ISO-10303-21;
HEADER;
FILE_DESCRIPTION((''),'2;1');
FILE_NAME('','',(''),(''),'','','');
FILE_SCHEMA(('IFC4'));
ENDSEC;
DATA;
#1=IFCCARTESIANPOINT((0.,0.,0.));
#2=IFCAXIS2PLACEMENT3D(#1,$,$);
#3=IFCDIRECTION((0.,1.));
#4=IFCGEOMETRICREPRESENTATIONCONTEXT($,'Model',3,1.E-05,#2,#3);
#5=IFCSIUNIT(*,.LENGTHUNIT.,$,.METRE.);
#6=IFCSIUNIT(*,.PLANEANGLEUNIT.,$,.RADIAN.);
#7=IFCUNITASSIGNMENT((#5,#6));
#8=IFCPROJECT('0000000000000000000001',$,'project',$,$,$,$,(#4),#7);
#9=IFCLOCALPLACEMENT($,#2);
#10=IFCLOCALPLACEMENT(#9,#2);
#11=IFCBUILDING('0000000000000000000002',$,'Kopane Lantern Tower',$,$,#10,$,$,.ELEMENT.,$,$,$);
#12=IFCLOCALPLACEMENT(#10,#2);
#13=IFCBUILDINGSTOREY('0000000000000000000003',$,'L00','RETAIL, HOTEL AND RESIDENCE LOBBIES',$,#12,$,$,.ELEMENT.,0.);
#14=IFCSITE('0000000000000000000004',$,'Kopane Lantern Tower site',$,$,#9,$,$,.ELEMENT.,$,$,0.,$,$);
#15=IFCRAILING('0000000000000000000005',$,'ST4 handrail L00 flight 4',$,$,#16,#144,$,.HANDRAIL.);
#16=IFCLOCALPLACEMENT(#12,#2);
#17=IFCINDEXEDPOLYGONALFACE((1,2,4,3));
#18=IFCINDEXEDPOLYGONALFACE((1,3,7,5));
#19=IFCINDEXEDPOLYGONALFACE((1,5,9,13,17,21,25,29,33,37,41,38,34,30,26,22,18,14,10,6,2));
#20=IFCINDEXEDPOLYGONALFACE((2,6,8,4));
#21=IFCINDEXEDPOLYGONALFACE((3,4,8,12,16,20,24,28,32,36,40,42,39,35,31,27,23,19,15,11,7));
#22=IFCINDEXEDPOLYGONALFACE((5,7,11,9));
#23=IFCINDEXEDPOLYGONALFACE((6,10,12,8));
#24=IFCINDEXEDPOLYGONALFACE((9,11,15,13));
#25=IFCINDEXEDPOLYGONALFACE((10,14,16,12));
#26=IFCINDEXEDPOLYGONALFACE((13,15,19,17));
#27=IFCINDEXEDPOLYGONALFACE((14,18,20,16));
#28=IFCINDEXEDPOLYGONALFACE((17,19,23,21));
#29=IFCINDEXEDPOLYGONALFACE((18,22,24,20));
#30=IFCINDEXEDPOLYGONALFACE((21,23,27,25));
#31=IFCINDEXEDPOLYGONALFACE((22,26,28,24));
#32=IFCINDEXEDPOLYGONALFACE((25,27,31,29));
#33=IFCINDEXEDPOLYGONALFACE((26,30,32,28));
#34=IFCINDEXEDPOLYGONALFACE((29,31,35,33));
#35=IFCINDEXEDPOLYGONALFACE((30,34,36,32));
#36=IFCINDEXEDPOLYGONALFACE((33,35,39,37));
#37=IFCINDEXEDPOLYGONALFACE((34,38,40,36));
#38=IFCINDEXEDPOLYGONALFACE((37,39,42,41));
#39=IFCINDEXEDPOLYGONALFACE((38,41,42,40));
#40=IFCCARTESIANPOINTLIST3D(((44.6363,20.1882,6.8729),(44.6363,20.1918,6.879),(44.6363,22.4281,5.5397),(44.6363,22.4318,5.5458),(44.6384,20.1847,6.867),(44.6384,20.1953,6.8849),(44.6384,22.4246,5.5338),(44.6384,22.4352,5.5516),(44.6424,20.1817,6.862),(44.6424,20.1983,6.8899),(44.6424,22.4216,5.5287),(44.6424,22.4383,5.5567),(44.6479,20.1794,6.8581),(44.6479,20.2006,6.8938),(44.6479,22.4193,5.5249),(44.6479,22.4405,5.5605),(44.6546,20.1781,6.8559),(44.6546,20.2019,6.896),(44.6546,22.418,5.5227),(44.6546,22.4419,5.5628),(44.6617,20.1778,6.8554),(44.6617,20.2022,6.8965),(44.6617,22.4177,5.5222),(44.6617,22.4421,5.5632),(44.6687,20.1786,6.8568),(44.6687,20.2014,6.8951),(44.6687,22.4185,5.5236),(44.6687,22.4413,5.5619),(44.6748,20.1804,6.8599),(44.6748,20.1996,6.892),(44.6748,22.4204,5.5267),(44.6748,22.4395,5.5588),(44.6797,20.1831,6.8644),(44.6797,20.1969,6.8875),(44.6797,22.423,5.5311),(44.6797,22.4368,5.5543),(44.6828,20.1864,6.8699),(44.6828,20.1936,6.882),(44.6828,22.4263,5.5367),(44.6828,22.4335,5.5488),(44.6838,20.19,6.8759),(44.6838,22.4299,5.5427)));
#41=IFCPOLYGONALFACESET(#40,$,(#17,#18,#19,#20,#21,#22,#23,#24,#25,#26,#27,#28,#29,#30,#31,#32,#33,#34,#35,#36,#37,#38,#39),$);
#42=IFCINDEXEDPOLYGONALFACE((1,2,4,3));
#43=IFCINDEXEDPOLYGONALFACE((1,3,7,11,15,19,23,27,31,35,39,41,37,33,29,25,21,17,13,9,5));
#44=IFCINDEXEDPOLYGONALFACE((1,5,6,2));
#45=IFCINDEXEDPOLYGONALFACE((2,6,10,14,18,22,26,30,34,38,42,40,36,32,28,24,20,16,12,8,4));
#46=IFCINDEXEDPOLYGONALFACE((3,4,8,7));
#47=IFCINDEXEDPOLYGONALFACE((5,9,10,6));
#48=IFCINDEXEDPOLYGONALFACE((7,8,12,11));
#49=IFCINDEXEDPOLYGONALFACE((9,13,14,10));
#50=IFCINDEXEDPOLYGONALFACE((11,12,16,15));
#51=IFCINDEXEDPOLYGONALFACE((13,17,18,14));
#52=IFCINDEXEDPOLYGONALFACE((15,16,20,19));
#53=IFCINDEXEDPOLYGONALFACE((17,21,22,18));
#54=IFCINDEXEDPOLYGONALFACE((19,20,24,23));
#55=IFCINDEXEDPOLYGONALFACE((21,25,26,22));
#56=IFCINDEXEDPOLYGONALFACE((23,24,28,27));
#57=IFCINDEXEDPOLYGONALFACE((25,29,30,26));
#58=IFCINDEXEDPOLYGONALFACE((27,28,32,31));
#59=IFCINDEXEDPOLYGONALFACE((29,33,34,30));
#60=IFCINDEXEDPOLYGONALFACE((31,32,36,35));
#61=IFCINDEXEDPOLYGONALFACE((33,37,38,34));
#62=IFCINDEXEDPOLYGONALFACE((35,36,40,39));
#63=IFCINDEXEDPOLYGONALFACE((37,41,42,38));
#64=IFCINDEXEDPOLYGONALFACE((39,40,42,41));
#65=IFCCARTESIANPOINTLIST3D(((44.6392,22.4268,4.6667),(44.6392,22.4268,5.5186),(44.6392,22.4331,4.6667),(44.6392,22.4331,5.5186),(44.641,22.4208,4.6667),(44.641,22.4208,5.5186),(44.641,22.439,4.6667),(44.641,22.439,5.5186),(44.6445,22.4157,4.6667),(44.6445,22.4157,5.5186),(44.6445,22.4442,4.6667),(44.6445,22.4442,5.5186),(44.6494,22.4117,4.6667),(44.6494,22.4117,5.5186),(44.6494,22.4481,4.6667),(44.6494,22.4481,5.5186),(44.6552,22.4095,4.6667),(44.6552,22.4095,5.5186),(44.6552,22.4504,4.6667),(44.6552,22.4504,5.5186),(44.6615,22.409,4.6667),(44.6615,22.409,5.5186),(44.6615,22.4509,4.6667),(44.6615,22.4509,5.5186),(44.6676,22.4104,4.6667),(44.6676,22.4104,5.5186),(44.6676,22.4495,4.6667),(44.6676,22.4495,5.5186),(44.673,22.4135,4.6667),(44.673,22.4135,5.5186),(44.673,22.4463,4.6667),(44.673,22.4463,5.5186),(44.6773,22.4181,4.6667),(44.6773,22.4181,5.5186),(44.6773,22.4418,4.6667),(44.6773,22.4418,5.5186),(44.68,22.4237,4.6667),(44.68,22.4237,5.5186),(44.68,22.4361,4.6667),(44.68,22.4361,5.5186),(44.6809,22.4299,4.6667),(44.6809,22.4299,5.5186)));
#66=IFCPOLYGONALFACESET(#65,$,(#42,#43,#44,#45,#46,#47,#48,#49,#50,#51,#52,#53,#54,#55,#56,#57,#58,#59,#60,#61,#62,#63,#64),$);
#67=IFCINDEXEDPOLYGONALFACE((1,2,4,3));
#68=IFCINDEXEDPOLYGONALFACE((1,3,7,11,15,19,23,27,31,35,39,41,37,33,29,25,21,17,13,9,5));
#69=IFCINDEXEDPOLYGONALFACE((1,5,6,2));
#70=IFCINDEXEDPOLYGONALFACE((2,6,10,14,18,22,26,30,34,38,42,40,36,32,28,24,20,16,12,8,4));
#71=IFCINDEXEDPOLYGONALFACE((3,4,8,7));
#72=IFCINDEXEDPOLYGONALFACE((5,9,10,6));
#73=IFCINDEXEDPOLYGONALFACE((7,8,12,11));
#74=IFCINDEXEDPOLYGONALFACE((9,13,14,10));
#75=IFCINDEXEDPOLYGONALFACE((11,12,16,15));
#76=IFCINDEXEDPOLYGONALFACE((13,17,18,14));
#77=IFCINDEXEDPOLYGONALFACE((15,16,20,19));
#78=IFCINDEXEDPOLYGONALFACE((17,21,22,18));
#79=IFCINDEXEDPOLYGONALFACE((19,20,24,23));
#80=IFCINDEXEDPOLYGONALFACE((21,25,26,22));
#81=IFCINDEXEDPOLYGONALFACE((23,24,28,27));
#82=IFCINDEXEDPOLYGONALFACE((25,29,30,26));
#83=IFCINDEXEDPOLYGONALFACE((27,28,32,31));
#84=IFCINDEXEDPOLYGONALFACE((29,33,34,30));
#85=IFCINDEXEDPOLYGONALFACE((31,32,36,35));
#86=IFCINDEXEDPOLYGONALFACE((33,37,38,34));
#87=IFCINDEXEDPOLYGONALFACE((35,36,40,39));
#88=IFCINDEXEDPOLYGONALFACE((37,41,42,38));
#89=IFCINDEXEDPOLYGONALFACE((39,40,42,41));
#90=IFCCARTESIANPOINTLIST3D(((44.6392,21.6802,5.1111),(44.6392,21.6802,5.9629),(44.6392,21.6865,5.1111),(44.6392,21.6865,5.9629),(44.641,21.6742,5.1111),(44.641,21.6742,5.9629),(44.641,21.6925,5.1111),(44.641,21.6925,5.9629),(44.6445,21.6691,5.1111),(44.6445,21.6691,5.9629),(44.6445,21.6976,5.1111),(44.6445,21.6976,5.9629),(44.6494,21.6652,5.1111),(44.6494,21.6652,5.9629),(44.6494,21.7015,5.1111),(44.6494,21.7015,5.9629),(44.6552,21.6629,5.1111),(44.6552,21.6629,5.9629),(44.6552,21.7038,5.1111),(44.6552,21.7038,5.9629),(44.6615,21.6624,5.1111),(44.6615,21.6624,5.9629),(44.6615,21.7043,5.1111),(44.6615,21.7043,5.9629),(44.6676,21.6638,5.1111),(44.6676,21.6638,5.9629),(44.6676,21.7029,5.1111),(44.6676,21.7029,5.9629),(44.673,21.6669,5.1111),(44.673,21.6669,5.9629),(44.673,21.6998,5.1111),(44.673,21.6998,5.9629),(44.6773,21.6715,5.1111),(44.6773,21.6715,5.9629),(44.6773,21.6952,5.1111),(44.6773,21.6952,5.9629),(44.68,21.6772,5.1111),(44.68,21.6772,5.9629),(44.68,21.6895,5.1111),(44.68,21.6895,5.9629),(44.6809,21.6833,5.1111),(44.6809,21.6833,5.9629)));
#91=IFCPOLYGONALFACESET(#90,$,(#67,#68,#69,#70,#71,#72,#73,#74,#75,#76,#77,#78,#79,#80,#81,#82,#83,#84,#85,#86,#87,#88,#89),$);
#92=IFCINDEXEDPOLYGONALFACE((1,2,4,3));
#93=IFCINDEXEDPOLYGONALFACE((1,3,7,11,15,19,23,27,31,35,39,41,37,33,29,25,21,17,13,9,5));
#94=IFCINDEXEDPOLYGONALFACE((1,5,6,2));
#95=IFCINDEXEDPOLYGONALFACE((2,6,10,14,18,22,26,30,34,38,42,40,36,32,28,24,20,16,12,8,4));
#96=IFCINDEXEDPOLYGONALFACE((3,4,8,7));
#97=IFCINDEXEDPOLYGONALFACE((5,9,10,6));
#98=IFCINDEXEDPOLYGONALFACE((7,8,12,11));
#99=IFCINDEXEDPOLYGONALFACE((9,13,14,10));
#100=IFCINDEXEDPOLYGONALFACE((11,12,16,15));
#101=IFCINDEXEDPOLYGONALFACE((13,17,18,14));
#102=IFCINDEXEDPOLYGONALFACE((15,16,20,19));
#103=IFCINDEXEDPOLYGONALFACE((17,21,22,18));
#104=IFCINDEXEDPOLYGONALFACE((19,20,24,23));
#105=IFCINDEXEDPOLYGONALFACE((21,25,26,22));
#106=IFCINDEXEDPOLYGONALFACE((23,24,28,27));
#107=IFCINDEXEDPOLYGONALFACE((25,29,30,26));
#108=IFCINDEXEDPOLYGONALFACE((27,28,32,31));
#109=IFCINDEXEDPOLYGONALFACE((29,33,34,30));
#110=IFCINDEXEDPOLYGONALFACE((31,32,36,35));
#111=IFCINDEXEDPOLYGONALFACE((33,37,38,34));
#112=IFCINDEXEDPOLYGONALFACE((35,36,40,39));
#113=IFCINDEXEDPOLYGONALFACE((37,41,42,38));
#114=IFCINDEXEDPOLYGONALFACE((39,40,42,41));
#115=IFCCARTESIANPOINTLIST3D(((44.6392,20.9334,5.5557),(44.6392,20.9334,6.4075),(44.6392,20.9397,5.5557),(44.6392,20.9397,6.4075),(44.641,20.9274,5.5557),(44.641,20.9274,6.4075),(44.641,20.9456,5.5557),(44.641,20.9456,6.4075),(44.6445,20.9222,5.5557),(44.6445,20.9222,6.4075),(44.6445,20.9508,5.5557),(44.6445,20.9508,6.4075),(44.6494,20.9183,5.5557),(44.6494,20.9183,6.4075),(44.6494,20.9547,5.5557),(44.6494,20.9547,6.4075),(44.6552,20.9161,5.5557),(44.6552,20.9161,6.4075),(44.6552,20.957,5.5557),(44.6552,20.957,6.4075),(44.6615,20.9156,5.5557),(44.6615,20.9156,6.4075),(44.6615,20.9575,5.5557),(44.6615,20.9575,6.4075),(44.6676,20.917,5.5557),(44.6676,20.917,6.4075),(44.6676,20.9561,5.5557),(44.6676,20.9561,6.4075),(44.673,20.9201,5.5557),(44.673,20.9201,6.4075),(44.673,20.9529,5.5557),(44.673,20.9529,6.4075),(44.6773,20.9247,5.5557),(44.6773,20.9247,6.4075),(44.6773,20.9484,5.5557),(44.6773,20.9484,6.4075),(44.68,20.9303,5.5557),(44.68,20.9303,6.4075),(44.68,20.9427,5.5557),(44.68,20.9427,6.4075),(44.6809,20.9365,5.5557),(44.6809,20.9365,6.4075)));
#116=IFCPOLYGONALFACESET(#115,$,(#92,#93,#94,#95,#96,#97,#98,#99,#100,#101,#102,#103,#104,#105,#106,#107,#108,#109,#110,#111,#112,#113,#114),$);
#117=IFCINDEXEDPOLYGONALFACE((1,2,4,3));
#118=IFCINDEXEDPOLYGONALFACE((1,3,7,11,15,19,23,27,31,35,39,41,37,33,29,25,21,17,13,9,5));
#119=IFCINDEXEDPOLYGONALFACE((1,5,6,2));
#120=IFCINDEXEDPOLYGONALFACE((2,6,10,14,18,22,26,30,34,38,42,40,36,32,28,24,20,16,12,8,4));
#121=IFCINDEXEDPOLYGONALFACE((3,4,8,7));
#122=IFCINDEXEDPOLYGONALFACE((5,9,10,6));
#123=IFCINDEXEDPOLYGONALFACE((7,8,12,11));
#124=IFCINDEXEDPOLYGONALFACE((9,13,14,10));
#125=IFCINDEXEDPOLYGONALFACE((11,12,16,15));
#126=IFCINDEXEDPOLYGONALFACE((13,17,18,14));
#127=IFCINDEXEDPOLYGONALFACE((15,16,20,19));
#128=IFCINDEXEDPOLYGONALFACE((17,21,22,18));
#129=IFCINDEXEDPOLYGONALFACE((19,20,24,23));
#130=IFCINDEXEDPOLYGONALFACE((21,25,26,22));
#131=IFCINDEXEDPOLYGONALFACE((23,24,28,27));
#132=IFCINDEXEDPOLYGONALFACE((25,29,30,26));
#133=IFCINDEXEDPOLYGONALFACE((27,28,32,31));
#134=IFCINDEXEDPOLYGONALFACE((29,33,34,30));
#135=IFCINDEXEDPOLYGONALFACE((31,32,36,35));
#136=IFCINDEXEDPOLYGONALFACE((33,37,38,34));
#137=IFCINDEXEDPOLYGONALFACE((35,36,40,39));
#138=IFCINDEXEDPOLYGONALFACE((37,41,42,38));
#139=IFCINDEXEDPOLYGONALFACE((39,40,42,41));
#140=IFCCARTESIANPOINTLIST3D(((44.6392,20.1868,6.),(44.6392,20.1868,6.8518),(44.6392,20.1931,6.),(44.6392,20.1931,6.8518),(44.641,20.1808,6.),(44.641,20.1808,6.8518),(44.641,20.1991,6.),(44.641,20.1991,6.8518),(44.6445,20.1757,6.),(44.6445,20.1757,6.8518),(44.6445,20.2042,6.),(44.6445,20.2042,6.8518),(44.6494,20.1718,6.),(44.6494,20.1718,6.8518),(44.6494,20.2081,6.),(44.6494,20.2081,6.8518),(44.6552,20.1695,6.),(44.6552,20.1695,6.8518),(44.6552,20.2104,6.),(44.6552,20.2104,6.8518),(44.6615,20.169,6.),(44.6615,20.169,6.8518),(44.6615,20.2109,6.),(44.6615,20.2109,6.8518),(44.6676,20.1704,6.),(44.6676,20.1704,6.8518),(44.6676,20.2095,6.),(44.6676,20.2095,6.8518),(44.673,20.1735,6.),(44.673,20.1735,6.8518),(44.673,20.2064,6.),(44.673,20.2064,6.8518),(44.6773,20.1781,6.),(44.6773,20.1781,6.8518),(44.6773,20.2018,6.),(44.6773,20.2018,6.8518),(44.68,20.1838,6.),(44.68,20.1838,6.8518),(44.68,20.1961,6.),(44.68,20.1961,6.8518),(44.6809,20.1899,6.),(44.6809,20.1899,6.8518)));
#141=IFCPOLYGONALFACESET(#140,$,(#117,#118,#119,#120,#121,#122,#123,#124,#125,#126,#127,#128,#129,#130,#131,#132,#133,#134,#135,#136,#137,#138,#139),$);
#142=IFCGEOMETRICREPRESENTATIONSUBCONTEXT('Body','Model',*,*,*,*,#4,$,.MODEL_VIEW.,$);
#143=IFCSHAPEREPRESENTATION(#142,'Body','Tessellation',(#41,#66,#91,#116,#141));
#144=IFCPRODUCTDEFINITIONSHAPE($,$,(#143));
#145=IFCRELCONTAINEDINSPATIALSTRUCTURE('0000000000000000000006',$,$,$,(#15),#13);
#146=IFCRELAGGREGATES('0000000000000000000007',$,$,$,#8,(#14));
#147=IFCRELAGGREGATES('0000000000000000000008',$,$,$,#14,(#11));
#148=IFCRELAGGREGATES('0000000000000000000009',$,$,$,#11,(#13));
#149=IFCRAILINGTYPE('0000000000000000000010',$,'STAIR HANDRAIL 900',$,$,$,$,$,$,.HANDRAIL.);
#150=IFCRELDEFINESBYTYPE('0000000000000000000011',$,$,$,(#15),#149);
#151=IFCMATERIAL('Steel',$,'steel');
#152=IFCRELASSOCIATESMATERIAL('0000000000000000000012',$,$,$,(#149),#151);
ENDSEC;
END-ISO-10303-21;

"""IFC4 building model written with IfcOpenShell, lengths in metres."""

from ifc_helpers import new_model, si_unit, direction, frame, origin, origin_2d, place, context, subcontext, project, spatial, circle, extrude, material, type_object, element, save


model = new_model("IFC4")

# Units and contexts
model_context = context("Model", 3, precision=1e-05, world=origin(), true_north=direction((0.0, 1.0)))
body_context = subcontext(model_context, "Body", "Model", "MODEL_VIEW")
ifc_project = project(units=[si_unit("LENGTHUNIT", "METRE"), si_unit("PLANEANGLEUNIT", "RADIAN")], contexts=[model_context])

# Site, building, storey
site_placement = place(None, origin())
site = spatial("IfcSite", under=ifc_project, at=site_placement, Name="Kopane Lantern Tower site", CompositionType="ELEMENT", RefElevation=0.0)
building_placement = place(site_placement, origin())
building = spatial("IfcBuilding", under=site, at=building_placement, Name="Kopane Lantern Tower", CompositionType="ELEMENT")
storey_placement = place(building_placement, origin())
storey = spatial("IfcBuildingStorey", under=building, at=storey_placement, Name="L00", Description="RETAIL, HOTEL AND RESIDENCE LOBBIES", CompositionType="ELEMENT", Elevation=0.0)

# Railing
ifc_material_1 = material(Name="Steel", Category="steel")
railing_type_1 = type_object("IfcRailingType", Name="STAIR HANDRAIL 900", PredefinedType="HANDRAIL", material=ifc_material_1)
for number, where, name in (
    (1, (44.6599, 22.4299, 4.6667), "ST4 handrail L00 flight 4"),
):
    element("IfcRailing", number, at=place(storey_placement, frame(where)), inside=storey, type_object=railing_type_1, Name=name, PredefinedType="HANDRAIL", context=body_context, shape_type="SweptSolid", body=[
        extrude(circle(Radius=0.0239, at=origin_2d()), frame((0.0, 0.0, 0.876), z_axis=(0.0, -0.859306, 0.511462), x_axis=(1.0, 0.0, 0.0)), (0.0, 0.0, 1.0), 2.6067),
        extrude(circle(Radius=0.021, at=origin_2d()), origin(), (0.0, 0.0, 1.0), 0.8518),
        extrude(circle(Radius=0.021, at=origin_2d()), frame((0.0, -0.7466, 0.4443)), (0.0, 0.0, 1.0), 0.8518),
        extrude(circle(Radius=0.021, at=origin_2d()), frame((0.0, -1.4934, 0.8889)), (0.0, 0.0, 1.0), 0.8518),
        extrude(circle(Radius=0.021, at=origin_2d()), frame((0.0, -2.24, 1.3333)), (0.0, 0.0, 1.0), 0.8518),
    ])

save(model, "model.ifc")
